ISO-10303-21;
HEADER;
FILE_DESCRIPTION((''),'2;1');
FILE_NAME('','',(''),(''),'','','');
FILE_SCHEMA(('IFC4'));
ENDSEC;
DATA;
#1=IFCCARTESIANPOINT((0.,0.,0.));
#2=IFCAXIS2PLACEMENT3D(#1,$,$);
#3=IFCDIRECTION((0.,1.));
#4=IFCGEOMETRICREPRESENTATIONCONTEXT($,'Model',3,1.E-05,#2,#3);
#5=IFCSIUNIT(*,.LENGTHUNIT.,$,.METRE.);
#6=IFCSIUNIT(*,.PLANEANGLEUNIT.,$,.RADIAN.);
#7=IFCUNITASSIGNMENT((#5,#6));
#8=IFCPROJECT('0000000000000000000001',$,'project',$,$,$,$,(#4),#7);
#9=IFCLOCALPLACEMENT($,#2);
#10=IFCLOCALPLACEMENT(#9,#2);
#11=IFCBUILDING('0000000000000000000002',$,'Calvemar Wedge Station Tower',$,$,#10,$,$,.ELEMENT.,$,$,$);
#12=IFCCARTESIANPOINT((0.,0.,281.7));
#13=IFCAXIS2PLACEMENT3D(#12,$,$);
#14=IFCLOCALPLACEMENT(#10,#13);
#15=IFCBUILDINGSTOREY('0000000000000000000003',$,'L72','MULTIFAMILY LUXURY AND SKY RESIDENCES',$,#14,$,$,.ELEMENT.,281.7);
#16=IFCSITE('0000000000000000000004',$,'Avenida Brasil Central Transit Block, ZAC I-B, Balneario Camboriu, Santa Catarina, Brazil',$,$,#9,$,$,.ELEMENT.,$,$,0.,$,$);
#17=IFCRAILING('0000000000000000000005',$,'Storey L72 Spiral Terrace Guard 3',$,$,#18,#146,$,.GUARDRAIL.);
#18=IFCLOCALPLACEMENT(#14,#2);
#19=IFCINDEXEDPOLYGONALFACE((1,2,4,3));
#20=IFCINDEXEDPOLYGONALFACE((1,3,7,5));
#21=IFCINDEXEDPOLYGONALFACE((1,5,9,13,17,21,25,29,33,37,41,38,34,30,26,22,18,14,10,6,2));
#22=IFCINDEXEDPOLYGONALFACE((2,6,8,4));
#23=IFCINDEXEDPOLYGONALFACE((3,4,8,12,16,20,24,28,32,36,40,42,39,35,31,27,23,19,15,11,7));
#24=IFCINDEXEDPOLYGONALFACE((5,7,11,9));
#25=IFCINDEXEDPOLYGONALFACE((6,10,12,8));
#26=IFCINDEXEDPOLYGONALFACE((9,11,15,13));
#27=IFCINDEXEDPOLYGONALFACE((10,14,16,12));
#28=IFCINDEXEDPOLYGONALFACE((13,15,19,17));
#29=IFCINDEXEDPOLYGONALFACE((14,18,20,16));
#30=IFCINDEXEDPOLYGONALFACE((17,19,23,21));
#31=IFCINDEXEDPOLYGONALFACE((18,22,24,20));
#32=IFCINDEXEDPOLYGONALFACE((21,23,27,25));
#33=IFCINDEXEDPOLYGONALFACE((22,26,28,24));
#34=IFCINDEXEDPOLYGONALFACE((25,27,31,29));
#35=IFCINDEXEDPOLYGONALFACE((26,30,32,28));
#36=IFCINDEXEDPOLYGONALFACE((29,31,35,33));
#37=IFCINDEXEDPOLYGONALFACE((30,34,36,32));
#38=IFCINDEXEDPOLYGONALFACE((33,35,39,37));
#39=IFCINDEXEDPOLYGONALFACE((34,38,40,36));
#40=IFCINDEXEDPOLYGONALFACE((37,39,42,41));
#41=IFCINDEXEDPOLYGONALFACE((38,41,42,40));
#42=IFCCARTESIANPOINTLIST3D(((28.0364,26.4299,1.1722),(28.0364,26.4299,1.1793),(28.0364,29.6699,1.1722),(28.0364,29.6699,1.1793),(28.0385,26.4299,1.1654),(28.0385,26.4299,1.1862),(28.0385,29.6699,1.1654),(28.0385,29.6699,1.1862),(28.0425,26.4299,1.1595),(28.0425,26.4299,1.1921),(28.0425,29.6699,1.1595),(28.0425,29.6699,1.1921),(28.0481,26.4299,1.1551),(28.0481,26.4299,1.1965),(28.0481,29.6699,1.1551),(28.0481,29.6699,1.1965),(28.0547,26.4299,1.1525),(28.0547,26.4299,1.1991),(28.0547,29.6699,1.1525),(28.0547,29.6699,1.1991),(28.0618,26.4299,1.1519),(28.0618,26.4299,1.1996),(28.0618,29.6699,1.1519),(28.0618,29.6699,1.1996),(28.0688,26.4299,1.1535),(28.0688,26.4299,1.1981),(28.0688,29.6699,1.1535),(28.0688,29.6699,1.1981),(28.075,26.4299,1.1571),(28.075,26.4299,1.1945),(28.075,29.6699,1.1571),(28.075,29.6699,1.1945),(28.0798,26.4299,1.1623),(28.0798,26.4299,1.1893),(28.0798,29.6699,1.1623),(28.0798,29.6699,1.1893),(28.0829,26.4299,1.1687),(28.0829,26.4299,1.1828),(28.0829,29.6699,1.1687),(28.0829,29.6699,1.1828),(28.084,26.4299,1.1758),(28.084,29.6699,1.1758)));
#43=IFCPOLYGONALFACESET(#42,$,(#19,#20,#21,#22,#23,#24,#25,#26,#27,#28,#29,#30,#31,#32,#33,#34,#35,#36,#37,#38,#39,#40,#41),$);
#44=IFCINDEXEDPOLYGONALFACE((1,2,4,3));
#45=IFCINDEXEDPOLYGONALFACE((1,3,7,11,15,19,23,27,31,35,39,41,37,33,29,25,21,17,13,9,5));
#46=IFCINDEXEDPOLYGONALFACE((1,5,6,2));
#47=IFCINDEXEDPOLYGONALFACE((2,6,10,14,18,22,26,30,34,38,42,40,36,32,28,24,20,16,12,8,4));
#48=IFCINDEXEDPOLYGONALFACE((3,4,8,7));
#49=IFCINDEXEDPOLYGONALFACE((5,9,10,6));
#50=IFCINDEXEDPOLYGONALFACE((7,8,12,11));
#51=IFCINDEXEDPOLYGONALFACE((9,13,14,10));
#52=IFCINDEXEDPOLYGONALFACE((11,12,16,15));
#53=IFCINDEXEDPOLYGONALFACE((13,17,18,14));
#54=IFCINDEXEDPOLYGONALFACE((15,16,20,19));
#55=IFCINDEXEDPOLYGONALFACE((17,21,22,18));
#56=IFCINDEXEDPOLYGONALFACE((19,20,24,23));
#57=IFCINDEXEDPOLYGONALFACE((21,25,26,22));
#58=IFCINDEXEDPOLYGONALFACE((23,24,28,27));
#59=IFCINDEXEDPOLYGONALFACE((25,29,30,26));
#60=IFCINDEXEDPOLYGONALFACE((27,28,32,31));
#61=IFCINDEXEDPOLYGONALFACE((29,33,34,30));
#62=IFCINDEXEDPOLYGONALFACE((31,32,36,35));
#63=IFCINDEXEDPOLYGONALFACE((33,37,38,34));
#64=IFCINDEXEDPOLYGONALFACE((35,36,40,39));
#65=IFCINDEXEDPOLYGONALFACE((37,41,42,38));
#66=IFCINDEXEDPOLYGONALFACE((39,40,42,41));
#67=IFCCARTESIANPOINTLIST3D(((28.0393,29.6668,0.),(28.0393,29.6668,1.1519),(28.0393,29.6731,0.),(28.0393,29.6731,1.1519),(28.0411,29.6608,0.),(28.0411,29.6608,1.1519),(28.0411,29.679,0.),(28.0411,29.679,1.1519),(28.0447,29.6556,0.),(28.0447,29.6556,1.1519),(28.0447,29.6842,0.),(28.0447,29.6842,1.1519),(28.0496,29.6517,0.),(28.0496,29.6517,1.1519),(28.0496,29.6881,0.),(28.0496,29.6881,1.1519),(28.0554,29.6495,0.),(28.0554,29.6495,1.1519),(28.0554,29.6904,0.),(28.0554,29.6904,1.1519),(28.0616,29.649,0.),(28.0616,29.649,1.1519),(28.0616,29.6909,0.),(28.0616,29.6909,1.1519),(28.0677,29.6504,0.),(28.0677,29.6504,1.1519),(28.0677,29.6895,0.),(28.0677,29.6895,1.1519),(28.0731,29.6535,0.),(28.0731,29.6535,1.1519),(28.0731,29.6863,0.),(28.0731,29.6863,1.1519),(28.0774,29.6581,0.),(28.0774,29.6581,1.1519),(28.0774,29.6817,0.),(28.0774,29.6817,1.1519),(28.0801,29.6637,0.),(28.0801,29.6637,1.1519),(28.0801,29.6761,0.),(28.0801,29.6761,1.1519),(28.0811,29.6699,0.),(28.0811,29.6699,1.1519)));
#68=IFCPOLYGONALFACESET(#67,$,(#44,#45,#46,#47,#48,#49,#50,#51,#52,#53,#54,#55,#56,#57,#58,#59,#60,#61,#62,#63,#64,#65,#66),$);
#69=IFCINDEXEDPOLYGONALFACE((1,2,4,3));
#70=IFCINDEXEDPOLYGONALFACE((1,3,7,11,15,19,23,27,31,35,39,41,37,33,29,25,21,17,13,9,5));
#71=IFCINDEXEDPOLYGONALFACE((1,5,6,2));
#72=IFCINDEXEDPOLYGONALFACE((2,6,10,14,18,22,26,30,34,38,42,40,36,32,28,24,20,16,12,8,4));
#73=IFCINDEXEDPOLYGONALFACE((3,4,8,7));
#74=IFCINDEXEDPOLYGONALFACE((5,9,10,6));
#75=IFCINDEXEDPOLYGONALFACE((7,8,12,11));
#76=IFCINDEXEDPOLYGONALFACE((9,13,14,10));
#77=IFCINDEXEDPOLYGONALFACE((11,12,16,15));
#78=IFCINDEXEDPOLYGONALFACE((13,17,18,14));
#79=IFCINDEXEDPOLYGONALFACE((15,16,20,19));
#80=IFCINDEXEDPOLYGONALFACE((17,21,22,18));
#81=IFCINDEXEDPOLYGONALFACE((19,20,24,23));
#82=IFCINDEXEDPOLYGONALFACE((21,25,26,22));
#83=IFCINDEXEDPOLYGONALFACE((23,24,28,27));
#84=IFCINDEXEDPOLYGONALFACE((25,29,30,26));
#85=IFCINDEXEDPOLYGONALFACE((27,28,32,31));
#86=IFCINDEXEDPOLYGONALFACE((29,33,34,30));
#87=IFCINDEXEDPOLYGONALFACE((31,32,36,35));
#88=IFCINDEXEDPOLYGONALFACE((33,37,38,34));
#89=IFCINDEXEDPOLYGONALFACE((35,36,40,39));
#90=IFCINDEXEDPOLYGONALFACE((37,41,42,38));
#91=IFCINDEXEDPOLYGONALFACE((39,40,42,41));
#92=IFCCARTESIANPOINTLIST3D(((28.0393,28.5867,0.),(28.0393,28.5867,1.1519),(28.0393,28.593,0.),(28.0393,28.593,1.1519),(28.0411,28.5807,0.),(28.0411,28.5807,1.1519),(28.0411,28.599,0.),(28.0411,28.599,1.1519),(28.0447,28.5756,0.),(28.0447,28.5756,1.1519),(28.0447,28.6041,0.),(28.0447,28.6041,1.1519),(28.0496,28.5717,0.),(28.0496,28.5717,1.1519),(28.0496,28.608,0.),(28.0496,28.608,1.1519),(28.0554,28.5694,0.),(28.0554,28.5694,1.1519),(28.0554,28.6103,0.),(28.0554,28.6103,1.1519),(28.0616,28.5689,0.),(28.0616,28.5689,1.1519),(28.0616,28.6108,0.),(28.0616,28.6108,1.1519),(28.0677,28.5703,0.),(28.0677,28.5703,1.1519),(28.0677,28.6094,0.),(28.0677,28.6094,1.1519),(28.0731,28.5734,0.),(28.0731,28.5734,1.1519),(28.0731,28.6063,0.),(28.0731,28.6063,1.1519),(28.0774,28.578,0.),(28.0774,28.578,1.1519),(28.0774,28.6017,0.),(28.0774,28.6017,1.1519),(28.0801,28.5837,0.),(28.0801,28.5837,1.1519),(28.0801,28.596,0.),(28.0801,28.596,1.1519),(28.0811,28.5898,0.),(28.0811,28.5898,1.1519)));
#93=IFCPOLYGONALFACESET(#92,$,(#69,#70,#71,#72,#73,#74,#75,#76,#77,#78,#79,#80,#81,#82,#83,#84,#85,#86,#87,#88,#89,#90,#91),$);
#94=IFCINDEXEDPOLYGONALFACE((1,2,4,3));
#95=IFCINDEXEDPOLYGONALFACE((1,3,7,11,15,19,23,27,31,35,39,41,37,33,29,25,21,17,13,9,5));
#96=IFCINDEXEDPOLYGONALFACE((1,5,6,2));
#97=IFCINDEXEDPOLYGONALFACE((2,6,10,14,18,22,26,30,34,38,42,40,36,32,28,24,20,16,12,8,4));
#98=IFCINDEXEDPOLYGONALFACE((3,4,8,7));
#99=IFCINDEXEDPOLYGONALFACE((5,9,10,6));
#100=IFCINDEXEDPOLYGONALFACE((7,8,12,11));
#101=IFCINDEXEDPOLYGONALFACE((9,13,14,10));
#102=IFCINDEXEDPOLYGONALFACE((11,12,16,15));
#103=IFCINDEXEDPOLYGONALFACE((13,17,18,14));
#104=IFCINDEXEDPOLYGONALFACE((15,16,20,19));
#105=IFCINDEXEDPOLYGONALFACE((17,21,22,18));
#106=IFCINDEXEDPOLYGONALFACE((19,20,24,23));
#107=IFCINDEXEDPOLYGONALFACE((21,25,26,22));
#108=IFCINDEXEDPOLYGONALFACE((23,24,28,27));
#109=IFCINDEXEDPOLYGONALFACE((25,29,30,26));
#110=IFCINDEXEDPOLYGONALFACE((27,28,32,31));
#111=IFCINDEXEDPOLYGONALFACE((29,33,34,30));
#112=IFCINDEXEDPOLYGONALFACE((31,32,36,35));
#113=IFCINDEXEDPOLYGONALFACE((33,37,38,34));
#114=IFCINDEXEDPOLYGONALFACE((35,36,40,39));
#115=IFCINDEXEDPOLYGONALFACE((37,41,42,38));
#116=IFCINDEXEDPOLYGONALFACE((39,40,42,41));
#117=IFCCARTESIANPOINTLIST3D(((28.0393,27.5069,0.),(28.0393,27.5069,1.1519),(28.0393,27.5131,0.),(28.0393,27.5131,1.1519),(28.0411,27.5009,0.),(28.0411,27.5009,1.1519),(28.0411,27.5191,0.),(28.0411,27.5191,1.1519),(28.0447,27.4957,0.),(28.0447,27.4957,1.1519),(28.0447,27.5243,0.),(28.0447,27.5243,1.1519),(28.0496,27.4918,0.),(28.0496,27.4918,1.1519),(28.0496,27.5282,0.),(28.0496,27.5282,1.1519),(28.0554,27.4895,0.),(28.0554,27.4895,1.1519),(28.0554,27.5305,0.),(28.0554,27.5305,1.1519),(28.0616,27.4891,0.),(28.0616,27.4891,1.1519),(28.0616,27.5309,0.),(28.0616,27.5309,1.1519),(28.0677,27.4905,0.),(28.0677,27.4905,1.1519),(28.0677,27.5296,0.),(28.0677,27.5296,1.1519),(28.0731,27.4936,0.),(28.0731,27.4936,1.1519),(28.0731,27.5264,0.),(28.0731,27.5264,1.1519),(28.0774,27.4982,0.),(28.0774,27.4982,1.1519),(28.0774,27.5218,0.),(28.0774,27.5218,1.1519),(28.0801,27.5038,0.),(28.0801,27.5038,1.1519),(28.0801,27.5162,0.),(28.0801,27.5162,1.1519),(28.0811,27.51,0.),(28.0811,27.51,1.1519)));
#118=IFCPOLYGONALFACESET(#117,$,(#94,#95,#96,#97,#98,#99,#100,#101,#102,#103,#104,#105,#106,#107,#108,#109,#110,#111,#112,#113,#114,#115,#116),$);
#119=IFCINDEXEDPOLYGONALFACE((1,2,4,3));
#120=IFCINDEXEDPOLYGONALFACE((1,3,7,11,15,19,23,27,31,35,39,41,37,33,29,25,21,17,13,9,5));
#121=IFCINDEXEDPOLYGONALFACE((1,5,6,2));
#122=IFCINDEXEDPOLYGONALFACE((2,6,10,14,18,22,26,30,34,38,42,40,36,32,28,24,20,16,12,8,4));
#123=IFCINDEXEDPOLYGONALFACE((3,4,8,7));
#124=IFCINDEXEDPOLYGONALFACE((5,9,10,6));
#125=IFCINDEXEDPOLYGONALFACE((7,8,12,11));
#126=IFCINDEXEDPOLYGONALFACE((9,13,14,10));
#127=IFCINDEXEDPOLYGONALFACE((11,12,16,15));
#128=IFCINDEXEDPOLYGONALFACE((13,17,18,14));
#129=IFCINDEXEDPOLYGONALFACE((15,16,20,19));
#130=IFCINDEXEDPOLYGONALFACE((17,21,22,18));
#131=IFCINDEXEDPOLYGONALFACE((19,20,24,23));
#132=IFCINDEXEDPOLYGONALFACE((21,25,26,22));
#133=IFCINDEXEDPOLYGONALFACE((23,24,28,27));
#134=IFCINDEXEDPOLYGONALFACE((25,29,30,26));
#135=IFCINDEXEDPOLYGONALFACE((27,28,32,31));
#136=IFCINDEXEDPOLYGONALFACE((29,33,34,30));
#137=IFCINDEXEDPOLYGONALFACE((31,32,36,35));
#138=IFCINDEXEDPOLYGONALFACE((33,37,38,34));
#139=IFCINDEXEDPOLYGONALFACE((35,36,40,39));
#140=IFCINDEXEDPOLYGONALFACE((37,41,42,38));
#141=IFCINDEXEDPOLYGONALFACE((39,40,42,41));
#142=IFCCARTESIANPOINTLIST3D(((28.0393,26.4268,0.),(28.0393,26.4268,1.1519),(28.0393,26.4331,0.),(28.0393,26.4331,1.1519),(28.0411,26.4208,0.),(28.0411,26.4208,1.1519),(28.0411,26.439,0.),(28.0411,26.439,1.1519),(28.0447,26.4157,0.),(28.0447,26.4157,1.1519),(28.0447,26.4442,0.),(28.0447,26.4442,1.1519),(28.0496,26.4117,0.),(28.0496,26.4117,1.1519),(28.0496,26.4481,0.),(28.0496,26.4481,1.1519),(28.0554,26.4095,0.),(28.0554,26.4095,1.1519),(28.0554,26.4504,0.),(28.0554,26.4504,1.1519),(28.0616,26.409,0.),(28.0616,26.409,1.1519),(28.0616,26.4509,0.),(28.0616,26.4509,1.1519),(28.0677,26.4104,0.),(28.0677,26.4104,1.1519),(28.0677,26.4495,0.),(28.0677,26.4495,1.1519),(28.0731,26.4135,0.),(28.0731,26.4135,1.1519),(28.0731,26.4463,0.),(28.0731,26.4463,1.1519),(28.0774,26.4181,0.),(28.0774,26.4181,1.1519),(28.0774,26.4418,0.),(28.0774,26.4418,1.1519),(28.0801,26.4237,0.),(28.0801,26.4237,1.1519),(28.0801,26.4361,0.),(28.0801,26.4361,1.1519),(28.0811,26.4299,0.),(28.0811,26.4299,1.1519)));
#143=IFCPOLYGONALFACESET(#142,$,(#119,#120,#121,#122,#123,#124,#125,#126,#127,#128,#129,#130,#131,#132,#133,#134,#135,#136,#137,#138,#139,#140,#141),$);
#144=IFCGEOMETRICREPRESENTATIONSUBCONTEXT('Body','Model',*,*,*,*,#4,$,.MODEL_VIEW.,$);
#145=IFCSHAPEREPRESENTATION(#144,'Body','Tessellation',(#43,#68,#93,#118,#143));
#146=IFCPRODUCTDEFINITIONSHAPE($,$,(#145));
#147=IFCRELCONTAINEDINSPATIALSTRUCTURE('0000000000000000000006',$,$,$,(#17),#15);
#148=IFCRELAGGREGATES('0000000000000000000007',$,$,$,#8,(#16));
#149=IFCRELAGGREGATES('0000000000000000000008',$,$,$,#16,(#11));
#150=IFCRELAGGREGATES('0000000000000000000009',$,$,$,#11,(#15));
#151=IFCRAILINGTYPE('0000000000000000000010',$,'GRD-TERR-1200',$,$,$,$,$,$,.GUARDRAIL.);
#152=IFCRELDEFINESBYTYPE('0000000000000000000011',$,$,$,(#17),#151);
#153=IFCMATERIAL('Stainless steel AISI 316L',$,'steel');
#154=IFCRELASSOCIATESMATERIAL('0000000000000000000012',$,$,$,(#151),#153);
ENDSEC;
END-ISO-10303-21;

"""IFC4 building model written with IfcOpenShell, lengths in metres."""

from ifc_helpers import new_model, si_unit, direction, frame, origin, origin_2d, place, context, subcontext, project, spatial, circle, extrude, material, type_object, element, save


model = new_model("IFC4")

# Units and contexts
model_context = context("Model", 3, precision=1e-05, world=origin(), true_north=direction((0.0, 1.0)))
body_context = subcontext(model_context, "Body", "Model", "MODEL_VIEW")
ifc_project = project(units=[si_unit("LENGTHUNIT", "METRE"), si_unit("PLANEANGLEUNIT", "RADIAN")], contexts=[model_context])

# Site, building, storey
site_placement = place(None, origin())
site = spatial("IfcSite", under=ifc_project, at=site_placement, Name="Avenida Brasil Central Transit Block, ZAC I-B, Balneario Camboriu, Santa Catarina, Brazil", CompositionType="ELEMENT", RefElevation=0.0)
building_placement = place(site_placement, origin())
building = spatial("IfcBuilding", under=site, at=building_placement, Name="Calvemar Wedge Station Tower", CompositionType="ELEMENT")
storey_placement = place(building_placement, frame((0.0, 0.0, 281.7)))
storey = spatial("IfcBuildingStorey", under=building, at=storey_placement, Name="L72", Description="MULTIFAMILY LUXURY AND SKY RESIDENCES", CompositionType="ELEMENT", Elevation=281.7)

# Railing
ifc_material_1 = material(Name="Stainless steel AISI 316L", Category="steel")
railing_type_1 = type_object("IfcRailingType", Name="GRD-TERR-1200", PredefinedType="GUARDRAIL", material=ifc_material_1)
railing_1_placement = place(storey_placement, frame((28.0601, 29.6699, 0.0)))
element("IfcRailing", 1, at=railing_1_placement, inside=storey, type_object=railing_type_1, Name="Storey L72 Spiral Terrace Guard 3", PredefinedType="GUARDRAIL", context=body_context, shape_type="SweptSolid", body=[
    extrude(circle(Radius=0.0239, at=origin_2d()), frame((0.0, 0.0, 1.1758), z_axis=(0.0, -1.0, 0.0), x_axis=(1.0, 0.0, 0.0)), (0.0, 0.0, 1.0), 3.24),
    extrude(circle(Radius=0.021, at=origin_2d()), origin(), (0.0, 0.0, 1.0), 1.1519),
    extrude(circle(Radius=0.021, at=origin_2d()), frame((0.0, -1.0801, 0.0)), (0.0, 0.0, 1.0), 1.1519),
    extrude(circle(Radius=0.021, at=origin_2d()), frame((0.0, -2.1599, 0.0)), (0.0, 0.0, 1.0), 1.1519),
    extrude(circle(Radius=0.021, at=origin_2d()), frame((0.0, -3.24, 0.0)), (0.0, 0.0, 1.0), 1.1519),
])

save(model, "model.ifc")
